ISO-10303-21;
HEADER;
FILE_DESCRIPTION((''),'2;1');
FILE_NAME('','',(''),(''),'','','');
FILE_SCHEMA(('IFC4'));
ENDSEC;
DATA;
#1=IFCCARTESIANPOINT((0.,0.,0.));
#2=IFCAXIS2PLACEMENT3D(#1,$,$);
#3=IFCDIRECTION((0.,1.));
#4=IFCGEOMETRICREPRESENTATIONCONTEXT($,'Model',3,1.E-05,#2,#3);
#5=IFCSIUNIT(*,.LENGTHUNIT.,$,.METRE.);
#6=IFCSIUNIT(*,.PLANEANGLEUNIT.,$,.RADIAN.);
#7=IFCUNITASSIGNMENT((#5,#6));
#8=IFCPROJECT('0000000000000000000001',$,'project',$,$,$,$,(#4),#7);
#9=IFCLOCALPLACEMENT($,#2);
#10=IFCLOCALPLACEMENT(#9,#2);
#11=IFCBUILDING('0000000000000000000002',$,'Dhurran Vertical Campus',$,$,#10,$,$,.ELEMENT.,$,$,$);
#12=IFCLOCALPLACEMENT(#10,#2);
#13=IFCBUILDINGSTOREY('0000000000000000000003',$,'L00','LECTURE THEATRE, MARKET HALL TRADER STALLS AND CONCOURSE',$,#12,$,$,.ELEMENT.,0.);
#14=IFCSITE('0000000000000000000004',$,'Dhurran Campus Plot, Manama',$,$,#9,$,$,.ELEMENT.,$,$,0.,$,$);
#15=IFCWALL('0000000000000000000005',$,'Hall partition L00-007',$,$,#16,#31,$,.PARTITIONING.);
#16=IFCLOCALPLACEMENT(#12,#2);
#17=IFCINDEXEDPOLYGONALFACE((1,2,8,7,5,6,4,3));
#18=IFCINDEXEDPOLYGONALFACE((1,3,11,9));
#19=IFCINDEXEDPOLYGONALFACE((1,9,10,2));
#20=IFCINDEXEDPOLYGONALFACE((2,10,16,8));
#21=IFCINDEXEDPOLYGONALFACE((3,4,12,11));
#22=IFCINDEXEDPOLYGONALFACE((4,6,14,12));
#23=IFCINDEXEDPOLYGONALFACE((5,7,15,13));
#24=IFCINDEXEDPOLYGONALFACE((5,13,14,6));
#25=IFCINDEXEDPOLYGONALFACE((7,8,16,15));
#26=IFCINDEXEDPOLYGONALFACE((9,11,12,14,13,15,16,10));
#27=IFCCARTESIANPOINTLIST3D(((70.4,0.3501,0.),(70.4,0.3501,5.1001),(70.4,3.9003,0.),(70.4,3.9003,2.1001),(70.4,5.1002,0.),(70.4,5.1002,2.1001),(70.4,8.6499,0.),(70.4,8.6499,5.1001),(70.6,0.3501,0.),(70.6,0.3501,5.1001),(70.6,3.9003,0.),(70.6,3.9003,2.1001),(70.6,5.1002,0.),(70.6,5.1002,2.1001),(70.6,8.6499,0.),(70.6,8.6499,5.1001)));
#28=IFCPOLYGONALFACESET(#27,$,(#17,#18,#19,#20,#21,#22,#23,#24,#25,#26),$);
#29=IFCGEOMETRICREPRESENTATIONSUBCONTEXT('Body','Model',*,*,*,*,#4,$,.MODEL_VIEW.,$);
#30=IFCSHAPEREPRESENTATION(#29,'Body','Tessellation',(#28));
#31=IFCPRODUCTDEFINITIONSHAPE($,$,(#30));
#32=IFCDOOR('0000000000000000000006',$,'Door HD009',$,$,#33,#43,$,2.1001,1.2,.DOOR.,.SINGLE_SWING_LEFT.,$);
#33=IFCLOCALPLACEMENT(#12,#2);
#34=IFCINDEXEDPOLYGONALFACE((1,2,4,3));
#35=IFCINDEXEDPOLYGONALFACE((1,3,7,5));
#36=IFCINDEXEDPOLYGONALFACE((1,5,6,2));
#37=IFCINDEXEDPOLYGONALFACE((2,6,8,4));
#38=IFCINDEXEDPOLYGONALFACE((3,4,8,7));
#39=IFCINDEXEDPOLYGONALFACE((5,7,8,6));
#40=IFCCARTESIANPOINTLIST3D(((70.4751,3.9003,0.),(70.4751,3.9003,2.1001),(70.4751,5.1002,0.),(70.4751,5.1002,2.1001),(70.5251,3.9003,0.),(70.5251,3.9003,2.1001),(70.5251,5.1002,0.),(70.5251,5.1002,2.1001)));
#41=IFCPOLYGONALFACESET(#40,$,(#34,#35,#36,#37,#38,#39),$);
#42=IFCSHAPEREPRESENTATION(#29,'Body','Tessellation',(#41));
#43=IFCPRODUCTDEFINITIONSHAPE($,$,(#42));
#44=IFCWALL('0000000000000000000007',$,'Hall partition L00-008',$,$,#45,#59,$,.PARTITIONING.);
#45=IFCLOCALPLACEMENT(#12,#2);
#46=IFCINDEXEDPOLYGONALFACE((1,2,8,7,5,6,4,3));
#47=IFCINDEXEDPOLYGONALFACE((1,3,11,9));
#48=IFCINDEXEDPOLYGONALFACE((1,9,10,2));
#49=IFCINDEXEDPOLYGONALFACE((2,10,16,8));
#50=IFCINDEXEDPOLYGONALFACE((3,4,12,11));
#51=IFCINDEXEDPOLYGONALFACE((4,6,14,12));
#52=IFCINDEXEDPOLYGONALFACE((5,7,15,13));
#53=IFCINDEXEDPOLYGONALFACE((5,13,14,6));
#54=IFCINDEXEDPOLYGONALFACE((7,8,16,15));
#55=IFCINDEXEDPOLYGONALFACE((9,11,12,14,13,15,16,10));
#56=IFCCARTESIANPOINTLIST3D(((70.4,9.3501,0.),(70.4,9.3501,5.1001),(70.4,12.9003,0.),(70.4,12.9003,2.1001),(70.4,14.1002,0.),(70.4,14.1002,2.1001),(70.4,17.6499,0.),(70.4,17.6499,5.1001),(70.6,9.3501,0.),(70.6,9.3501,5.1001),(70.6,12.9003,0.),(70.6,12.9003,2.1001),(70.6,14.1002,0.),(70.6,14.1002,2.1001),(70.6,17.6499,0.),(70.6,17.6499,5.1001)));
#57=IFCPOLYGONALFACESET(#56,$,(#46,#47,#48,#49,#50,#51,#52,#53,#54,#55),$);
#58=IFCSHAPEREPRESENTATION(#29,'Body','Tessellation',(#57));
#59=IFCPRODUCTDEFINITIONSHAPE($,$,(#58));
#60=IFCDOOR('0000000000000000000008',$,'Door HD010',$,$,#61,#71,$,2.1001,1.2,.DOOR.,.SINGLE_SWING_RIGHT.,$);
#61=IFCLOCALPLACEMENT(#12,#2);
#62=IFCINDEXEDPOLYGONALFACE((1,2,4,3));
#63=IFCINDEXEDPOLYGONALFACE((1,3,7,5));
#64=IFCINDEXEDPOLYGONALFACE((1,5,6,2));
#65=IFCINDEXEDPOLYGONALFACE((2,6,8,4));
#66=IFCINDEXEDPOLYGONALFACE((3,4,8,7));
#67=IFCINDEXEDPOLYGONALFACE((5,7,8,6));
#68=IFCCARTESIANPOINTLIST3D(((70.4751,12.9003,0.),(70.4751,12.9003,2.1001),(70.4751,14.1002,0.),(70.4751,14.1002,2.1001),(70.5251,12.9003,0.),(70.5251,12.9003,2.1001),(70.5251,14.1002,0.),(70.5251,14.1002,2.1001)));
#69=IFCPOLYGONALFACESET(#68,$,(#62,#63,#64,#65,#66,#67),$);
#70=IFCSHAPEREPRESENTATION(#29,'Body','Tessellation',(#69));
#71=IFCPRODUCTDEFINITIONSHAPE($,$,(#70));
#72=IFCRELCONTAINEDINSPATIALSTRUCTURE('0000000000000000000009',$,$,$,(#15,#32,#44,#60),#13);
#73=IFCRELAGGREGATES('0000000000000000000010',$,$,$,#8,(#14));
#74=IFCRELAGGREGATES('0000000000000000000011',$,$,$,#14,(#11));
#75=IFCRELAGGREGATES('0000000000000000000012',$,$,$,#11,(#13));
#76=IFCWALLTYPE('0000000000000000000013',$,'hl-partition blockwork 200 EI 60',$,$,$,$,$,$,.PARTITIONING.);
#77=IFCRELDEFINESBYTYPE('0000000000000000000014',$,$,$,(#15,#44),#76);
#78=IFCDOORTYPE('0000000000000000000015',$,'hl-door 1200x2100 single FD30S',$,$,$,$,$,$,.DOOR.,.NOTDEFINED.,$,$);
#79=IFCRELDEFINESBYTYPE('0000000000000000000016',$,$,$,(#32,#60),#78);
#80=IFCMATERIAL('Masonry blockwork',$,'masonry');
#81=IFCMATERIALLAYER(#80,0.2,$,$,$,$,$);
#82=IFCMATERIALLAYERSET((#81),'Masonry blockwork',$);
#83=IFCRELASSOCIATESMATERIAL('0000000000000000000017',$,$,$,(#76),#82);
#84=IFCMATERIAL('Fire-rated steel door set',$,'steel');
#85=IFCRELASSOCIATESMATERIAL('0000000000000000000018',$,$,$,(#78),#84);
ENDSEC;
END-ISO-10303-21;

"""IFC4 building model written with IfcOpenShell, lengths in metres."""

from ifc_helpers import new_model, si_unit, direction, frame, frame_2d, origin, place, context, subcontext, project, spatial, rectangle, extrude, material, layer, layer_set, type_object, element, fill, save


model = new_model("IFC4")

# Units and contexts
model_context = context("Model", 3, precision=1e-05, world=origin(), true_north=direction((0.0, 1.0)))
body_context = subcontext(model_context, "Body", "Model", "MODEL_VIEW")
ifc_project = project(units=[si_unit("LENGTHUNIT", "METRE"), si_unit("PLANEANGLEUNIT", "RADIAN")], contexts=[model_context])

# Site, building, storey
site_placement = place(None, origin())
site = spatial("IfcSite", under=ifc_project, at=site_placement, Name="Dhurran Campus Plot, Manama", CompositionType="ELEMENT", RefElevation=0.0)
building_placement = place(site_placement, origin())
building = spatial("IfcBuilding", under=site, at=building_placement, Name="Dhurran Vertical Campus", CompositionType="ELEMENT")
storey_placement = place(building_placement, origin())
storey = spatial("IfcBuildingStorey", under=building, at=storey_placement, Name="L00", Description="LECTURE THEATRE, MARKET HALL TRADER STALLS AND CONCOURSE", CompositionType="ELEMENT", Elevation=0.0)

# Walls, openings, doors
ifc_material_1 = material(Name="Masonry blockwork", Category="masonry")
ifc_layer = layer(ifc_material_1, 0.2)
ifc_layer_set = layer_set([ifc_layer], Name="Masonry blockwork")
wall_type = type_object("IfcWallType", Name="hl-partition blockwork 200 EI 60", PredefinedType="PARTITIONING", material=ifc_layer_set)
wall_1_placement = place(storey_placement, frame((70.5, 0.3501, 0.0), z_axis=(0.0, 0.0, 1.0), x_axis=(0.0, 1.0, 0.0)))
wall_1 = element("IfcWall", 1, at=wall_1_placement, inside=storey, type_object=wall_type, Name="Hall partition L00-007", PredefinedType="PARTITIONING", context=body_context, shape_type="SweptSolid", body=[
    extrude(rectangle(XDim=8.2998, YDim=0.2, at=frame_2d((4.1499, 0.0))), origin(), (0.0, 0.0, 1.0), 5.1001),
])
opening_1_placement = place(wall_1_placement, frame((3.55, 0.0, 0.0)))
opening_1 = element("IfcOpeningElement", 2, at=opening_1_placement, cuts=wall_1, PredefinedType="OPENING", context=body_context, shape_type="SweptSolid", body=[
    extrude(rectangle(XDim=1.2, YDim=2.1001, at=frame_2d((0.6001, 1.05))), frame((0.0, 0.1099, 0.0), z_axis=(0.0, -1.0, 0.0), x_axis=(1.0, 0.0, 0.0)), (0.0, 0.0, 1.0), 0.22),
])
ifc_material_2 = material(Name="Fire-rated steel door set", Category="steel")
door_type = type_object("IfcDoorType", Name="hl-door 1200x2100 single FD30S", OperationType="NOTDEFINED", PredefinedType="DOOR", material=ifc_material_2)
door_1_placement = place(opening_1_placement, origin())
door_1 = element("IfcDoor", 3, at=door_1_placement, inside=storey, type_object=door_type, Name="Door HD009", OperationType="SINGLE_SWING_LEFT", OverallHeight=2.1001, OverallWidth=1.2, PredefinedType="DOOR", context=body_context, shape_type="SweptSolid", body=[
    extrude(rectangle(XDim=1.2, YDim=2.1001, at=frame_2d((0.6001, 1.05))), frame((0.0, 0.0249, 0.0), z_axis=(0.0, -1.0, 0.0), x_axis=(1.0, 0.0, 0.0)), (0.0, 0.0, 1.0), 0.05),
])
fill(opening_1, door_1)
wall_2_placement = place(storey_placement, frame((70.5, 9.3501, 0.0), z_axis=(0.0, 0.0, 1.0), x_axis=(0.0, 1.0, 0.0)))
wall_2 = element("IfcWall", 4, at=wall_2_placement, inside=storey, type_object=wall_type, Name="Hall partition L00-008", PredefinedType="PARTITIONING", context=body_context, shape_type="SweptSolid", body=[
    extrude(rectangle(XDim=8.2998, YDim=0.2, at=frame_2d((4.1499, 0.0))), origin(), (0.0, 0.0, 1.0), 5.1001),
])
opening_2_placement = place(wall_2_placement, frame((3.55, 0.0, 0.0)))
opening_2 = element("IfcOpeningElement", 5, at=opening_2_placement, cuts=wall_2, PredefinedType="OPENING", context=body_context, shape_type="SweptSolid", body=[
    extrude(rectangle(XDim=1.2, YDim=2.1001, at=frame_2d((0.6001, 1.05))), frame((0.0, 0.1099, 0.0), z_axis=(0.0, -1.0, 0.0), x_axis=(1.0, 0.0, 0.0)), (0.0, 0.0, 1.0), 0.22),
])
door_2_placement = place(opening_2_placement, origin())
door_2 = element("IfcDoor", 6, at=door_2_placement, inside=storey, type_object=door_type, Name="Door HD010", OperationType="SINGLE_SWING_RIGHT", OverallHeight=2.1001, OverallWidth=1.2, PredefinedType="DOOR", context=body_context, shape_type="SweptSolid", body=[
    extrude(rectangle(XDim=1.2, YDim=2.1001, at=frame_2d((0.6001, 1.05))), frame((0.0, 0.0249, 0.0), z_axis=(0.0, -1.0, 0.0), x_axis=(1.0, 0.0, 0.0)), (0.0, 0.0, 1.0), 0.05),
])
fill(opening_2, door_2)

save(model, "model.ifc")
